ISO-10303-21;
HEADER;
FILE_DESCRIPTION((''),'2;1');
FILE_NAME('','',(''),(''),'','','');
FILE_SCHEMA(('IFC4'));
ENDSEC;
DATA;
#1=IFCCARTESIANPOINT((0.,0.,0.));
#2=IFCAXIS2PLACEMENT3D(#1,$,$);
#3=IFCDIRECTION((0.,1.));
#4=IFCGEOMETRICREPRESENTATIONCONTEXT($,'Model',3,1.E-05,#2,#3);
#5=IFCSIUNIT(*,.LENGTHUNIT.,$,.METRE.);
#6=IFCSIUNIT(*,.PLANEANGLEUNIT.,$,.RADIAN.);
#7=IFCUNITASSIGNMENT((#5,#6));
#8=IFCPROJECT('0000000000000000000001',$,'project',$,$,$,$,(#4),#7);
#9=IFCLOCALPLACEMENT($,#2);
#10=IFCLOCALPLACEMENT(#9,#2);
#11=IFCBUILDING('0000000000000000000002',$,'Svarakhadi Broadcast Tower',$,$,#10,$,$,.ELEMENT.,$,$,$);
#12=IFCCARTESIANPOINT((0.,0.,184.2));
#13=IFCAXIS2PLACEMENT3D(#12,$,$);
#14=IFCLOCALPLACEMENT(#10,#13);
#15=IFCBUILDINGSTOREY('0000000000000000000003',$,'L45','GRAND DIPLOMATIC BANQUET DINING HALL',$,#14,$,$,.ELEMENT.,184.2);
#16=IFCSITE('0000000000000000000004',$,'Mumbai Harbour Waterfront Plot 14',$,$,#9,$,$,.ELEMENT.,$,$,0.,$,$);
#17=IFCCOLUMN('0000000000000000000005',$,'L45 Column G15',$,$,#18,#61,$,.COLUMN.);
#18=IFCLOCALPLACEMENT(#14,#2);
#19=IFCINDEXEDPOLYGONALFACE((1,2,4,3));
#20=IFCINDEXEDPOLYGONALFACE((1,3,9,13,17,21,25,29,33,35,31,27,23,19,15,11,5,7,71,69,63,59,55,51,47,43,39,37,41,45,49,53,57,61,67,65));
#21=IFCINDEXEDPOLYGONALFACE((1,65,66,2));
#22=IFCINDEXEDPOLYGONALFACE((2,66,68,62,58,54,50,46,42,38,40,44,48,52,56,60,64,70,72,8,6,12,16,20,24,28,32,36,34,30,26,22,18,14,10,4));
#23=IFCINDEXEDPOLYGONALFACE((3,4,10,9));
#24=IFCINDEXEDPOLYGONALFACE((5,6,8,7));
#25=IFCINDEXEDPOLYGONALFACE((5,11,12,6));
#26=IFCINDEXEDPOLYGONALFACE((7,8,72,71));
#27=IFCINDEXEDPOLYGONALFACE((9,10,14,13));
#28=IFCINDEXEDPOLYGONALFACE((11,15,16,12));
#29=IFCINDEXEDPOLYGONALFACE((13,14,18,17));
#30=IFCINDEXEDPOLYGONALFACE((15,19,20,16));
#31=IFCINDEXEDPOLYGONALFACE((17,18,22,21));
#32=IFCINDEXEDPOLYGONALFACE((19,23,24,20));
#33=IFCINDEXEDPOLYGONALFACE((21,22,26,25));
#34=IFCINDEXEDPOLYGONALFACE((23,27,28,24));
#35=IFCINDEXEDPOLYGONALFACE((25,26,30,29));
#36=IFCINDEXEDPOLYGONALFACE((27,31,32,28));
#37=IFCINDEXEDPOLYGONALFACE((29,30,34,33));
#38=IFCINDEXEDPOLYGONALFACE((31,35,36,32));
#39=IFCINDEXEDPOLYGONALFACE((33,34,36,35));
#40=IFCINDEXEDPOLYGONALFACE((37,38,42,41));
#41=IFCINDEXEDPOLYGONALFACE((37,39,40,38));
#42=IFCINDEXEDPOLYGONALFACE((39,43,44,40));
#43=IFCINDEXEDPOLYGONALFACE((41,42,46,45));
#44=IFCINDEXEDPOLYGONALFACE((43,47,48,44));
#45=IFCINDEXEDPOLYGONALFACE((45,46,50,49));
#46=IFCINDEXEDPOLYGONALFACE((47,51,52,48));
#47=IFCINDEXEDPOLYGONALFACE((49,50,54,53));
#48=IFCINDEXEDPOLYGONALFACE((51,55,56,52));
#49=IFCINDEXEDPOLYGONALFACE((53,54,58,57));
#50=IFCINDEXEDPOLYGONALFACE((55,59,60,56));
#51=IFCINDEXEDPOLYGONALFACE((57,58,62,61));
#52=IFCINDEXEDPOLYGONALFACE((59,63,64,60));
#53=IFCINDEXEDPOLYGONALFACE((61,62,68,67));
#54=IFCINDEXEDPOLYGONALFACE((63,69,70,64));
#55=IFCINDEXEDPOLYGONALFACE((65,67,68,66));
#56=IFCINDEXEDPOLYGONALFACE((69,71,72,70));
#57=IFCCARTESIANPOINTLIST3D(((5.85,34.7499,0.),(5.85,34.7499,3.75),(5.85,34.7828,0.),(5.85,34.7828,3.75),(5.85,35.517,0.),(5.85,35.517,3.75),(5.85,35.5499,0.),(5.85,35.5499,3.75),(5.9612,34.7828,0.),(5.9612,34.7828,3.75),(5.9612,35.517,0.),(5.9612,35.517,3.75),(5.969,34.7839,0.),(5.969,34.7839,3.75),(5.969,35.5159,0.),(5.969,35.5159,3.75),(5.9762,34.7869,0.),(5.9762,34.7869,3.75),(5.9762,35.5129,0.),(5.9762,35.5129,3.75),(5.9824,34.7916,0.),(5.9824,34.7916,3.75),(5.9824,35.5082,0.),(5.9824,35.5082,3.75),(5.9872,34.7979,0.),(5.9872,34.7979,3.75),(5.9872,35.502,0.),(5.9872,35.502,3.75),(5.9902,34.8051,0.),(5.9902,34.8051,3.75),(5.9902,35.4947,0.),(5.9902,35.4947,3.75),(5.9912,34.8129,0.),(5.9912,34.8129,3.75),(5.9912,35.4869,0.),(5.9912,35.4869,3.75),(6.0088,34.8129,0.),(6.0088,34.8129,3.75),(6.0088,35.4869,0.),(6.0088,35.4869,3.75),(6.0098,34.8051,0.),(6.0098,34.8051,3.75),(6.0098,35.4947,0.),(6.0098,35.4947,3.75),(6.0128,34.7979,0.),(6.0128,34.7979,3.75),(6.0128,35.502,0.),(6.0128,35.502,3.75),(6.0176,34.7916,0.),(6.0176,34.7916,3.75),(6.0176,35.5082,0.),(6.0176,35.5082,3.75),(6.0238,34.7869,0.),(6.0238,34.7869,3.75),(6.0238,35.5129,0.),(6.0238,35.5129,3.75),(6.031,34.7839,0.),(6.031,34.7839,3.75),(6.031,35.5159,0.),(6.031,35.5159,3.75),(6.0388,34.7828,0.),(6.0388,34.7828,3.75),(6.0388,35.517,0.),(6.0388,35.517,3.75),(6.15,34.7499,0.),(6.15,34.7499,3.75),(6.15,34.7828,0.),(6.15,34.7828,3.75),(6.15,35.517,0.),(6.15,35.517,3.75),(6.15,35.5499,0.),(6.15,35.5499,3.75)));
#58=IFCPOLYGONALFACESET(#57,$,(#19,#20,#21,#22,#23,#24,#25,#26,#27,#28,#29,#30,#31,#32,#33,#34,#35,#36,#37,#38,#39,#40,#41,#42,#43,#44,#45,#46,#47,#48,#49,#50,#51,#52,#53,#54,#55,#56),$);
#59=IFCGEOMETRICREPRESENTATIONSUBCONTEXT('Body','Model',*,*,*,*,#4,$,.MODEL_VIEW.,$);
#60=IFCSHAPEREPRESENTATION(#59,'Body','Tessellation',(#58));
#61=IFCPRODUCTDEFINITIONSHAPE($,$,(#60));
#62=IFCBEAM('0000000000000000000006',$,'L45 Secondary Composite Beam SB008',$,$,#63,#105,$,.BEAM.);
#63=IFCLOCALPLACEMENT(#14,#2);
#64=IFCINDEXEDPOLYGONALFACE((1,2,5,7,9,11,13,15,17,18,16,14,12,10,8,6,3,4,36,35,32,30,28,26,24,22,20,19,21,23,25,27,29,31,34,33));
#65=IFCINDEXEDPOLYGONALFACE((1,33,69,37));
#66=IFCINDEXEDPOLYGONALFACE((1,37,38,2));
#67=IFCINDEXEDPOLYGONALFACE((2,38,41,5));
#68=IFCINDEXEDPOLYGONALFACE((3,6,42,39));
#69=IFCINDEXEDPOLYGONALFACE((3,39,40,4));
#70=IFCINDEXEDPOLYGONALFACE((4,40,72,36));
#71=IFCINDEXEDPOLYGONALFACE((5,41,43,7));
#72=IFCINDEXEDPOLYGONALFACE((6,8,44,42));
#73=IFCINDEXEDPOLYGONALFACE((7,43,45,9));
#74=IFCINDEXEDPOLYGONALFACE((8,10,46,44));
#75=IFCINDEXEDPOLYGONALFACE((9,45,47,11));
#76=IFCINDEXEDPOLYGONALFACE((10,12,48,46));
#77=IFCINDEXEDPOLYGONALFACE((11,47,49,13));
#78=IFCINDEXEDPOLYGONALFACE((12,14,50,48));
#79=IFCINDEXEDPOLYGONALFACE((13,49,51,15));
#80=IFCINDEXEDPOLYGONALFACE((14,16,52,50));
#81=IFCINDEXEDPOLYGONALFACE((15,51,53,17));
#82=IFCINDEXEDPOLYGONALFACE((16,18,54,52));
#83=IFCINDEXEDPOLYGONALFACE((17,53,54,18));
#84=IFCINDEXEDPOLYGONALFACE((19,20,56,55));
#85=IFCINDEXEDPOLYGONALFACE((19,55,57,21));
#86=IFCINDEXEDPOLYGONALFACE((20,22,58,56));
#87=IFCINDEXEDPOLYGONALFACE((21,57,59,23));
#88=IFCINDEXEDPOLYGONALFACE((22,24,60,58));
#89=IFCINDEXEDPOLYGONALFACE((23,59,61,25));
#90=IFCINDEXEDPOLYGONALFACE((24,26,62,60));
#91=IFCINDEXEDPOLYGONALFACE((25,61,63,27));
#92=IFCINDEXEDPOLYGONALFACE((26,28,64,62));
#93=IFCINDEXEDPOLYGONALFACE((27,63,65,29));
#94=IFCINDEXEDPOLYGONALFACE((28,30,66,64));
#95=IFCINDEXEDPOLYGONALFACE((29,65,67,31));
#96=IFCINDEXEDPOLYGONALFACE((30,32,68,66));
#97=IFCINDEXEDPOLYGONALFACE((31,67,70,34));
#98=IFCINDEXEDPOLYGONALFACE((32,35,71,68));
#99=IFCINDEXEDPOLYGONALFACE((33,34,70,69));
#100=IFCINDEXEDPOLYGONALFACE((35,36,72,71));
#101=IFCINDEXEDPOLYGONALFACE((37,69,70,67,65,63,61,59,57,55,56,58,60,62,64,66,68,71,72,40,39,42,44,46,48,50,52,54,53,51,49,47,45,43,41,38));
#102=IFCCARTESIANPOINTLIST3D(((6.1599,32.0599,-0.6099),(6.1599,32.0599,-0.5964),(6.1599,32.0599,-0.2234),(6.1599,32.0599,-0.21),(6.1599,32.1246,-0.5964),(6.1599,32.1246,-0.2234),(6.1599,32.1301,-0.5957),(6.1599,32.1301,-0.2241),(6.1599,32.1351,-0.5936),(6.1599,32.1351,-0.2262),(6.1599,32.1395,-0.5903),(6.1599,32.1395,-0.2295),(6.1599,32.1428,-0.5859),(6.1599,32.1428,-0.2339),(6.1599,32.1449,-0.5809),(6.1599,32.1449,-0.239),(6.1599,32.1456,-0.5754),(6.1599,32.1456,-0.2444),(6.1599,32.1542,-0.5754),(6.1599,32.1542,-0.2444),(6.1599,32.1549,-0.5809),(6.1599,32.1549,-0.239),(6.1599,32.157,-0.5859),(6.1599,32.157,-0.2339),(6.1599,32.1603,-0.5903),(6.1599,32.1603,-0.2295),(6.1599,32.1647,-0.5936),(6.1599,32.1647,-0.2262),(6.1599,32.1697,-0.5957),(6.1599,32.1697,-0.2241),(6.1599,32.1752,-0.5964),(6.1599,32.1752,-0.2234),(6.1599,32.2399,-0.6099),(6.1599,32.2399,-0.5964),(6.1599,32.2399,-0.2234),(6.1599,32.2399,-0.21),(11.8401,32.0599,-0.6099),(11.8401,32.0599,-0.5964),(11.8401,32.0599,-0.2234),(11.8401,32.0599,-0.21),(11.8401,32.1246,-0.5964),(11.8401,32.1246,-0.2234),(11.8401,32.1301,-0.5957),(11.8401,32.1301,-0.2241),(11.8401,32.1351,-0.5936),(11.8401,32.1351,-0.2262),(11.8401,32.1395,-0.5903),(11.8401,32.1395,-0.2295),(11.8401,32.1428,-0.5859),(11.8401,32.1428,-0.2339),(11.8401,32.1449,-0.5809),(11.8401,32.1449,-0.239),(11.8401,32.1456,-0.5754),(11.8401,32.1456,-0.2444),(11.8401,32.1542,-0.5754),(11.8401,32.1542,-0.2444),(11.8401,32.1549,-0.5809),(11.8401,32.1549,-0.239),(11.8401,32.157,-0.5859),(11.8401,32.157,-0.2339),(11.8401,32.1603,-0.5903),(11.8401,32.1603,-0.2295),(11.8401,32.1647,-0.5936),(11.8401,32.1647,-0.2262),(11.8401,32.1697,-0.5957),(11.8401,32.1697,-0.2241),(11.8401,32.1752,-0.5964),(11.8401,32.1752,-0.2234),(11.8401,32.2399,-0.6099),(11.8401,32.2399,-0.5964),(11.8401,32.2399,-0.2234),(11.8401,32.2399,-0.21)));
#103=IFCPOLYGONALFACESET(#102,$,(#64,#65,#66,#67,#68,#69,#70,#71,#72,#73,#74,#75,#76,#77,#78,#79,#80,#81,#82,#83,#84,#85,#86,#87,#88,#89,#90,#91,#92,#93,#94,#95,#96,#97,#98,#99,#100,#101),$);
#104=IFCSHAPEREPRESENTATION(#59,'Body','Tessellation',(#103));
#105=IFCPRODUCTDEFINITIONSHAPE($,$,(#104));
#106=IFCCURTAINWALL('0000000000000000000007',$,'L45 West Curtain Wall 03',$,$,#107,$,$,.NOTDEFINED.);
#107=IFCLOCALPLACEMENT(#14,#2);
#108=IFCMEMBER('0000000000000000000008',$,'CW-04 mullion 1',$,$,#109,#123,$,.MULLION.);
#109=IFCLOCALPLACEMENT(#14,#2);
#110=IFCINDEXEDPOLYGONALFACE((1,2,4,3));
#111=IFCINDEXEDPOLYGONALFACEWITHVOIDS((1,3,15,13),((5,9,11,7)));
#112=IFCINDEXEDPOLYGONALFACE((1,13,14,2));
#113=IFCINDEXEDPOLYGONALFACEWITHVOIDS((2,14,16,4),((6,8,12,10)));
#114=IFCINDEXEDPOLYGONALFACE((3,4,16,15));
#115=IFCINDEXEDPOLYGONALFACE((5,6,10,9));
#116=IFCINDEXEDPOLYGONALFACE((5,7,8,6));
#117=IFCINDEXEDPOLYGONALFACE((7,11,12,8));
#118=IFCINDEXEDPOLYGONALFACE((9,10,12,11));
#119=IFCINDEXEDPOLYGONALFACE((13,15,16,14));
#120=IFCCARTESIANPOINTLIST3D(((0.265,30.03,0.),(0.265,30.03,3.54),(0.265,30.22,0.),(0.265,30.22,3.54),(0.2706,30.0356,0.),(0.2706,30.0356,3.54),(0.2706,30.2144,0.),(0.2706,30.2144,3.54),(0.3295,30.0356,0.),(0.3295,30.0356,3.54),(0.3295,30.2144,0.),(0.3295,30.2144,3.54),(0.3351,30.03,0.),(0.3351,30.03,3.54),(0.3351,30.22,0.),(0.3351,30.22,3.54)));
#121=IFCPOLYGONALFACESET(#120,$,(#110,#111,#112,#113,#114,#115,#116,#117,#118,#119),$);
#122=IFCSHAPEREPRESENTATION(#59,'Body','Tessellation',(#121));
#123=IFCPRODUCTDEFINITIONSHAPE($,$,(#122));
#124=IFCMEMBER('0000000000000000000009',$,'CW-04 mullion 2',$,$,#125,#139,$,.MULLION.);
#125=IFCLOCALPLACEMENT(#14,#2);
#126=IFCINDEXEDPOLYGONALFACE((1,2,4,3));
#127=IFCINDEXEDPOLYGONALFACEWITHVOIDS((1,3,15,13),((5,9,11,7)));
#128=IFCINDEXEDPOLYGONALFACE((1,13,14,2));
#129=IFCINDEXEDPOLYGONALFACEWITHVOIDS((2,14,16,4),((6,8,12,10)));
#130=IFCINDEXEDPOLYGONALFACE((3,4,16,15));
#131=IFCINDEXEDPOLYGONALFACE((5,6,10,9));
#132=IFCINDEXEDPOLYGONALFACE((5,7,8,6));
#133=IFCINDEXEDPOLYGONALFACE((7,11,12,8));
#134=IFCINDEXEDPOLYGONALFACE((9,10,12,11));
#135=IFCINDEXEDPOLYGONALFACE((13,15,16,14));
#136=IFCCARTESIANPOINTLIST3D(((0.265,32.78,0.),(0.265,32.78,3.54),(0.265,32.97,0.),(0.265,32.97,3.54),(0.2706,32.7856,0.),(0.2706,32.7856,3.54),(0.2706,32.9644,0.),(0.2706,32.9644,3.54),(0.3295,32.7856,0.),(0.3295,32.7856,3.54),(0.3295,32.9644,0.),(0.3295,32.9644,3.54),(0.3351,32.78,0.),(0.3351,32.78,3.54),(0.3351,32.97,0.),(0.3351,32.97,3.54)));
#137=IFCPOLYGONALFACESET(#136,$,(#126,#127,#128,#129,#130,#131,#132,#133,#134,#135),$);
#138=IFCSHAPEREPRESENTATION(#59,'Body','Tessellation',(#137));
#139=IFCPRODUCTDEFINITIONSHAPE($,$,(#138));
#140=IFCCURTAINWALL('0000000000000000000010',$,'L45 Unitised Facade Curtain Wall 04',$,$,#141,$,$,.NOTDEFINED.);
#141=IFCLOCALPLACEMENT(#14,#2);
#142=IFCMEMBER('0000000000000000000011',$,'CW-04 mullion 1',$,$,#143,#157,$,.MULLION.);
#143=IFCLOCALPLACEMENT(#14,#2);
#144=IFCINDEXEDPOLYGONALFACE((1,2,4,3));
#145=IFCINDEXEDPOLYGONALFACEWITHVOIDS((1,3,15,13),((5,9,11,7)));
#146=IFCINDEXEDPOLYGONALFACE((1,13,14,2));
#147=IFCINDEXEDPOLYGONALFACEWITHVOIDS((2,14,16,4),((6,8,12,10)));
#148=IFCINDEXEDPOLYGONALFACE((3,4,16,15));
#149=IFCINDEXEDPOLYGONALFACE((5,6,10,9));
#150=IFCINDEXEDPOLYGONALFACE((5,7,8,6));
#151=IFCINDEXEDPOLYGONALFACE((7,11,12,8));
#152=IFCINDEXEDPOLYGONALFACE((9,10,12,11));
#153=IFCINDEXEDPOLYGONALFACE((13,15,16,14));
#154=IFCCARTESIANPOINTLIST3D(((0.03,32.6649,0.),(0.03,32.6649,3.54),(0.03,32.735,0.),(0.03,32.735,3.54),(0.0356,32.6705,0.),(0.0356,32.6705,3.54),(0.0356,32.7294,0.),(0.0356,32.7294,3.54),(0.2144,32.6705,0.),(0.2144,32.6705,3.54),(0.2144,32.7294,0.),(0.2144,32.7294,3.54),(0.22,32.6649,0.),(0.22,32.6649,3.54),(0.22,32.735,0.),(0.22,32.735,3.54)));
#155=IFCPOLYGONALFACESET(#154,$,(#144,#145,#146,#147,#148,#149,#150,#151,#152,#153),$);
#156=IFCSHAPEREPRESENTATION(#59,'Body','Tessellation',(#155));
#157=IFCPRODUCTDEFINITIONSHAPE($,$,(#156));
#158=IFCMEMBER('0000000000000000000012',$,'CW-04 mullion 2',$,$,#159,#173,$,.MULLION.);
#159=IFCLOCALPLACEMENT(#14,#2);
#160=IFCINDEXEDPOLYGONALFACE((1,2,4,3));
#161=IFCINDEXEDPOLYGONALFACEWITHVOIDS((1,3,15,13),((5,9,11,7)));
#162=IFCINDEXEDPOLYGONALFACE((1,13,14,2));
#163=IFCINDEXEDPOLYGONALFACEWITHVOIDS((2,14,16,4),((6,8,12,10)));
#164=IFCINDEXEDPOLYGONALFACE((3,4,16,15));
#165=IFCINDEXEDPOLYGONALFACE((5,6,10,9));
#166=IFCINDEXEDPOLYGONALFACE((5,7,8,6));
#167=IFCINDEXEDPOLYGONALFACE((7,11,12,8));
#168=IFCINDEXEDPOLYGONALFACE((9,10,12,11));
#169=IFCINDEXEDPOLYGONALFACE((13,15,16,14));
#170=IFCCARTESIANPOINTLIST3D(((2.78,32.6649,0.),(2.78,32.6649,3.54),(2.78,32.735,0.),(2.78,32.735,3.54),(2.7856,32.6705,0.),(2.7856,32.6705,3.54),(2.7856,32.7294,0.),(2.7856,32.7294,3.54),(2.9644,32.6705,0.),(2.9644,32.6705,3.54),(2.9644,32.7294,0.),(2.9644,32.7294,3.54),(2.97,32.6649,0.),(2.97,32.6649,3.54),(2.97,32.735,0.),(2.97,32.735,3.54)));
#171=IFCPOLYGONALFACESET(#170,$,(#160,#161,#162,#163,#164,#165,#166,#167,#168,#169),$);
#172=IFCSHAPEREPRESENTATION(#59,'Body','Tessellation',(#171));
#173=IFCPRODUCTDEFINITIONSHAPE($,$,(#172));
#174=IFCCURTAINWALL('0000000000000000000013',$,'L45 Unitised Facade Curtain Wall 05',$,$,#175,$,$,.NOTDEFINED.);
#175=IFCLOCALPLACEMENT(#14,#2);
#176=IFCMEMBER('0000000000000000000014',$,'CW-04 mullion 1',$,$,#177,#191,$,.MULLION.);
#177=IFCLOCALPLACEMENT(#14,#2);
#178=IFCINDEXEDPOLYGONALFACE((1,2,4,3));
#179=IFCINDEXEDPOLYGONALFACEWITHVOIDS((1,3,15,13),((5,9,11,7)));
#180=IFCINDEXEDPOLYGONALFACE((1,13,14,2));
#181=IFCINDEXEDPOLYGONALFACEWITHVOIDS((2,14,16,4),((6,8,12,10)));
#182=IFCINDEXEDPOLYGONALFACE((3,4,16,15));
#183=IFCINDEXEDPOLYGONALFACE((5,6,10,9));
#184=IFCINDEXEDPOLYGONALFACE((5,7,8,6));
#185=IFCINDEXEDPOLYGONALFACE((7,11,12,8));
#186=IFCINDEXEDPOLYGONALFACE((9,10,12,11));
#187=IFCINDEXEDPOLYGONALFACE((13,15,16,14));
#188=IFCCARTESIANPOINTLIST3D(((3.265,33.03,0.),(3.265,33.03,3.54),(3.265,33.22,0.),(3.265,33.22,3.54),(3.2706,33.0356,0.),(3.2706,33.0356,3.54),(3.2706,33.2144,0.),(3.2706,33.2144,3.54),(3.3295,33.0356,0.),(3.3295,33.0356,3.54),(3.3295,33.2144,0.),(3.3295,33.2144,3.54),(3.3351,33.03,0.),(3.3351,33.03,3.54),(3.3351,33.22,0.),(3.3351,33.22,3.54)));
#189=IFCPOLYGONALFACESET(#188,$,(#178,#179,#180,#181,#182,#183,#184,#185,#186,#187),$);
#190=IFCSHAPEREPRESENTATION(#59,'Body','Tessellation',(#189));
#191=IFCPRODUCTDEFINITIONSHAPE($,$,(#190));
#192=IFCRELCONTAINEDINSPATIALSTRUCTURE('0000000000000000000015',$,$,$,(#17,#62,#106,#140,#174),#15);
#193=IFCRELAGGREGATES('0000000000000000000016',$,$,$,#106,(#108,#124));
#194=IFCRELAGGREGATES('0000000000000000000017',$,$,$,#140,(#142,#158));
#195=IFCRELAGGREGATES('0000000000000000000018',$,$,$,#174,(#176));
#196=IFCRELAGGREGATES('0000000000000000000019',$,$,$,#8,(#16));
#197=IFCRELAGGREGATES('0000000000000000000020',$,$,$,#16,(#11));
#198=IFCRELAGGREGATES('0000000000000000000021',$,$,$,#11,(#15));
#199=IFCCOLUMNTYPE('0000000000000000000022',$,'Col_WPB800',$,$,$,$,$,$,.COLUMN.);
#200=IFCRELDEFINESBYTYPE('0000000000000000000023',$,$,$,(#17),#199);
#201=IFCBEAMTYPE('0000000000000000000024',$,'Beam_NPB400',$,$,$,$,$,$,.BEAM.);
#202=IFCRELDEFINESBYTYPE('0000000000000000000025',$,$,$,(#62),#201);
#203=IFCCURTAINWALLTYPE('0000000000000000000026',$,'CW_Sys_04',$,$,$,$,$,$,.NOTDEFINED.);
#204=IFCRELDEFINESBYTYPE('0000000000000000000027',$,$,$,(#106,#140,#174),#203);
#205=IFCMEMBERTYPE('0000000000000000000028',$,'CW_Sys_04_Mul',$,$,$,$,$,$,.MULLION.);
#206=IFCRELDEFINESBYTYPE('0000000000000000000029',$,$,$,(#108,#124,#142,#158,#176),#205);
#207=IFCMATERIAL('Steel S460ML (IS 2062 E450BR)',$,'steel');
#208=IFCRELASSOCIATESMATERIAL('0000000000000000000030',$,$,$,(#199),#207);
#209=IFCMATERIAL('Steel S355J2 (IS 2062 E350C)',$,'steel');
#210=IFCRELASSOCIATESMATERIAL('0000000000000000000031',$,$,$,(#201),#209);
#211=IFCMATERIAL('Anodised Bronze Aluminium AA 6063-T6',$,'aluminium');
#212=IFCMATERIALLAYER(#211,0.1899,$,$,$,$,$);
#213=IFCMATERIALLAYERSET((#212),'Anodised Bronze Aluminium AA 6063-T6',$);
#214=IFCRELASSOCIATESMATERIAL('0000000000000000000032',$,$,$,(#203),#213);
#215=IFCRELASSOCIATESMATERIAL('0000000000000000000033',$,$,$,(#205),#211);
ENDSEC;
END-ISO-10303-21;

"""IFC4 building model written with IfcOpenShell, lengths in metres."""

from ifc_helpers import new_model, si_unit, direction, frame, origin, origin_2d, place, context, subcontext, project, spatial, hollow_rectangle, i_section, extrude, material, layer, layer_set, material_profile, profile_set, type_object, element, aggregate, save


model = new_model("IFC4")

# Units and contexts
model_context = context("Model", 3, precision=1e-05, world=origin(), true_north=direction((0.0, 1.0)))
body_context = subcontext(model_context, "Body", "Model", "MODEL_VIEW")
ifc_project = project(units=[si_unit("LENGTHUNIT", "METRE"), si_unit("PLANEANGLEUNIT", "RADIAN")], contexts=[model_context])

# Site, building, storey
site_placement = place(None, origin())
site = spatial("IfcSite", under=ifc_project, at=site_placement, Name="Mumbai Harbour Waterfront Plot 14", CompositionType="ELEMENT", RefElevation=0.0)
building_placement = place(site_placement, origin())
building = spatial("IfcBuilding", under=site, at=building_placement, Name="Svarakhadi Broadcast Tower", CompositionType="ELEMENT")
storey_placement = place(building_placement, frame((0.0, 0.0, 184.2)))
storey = spatial("IfcBuildingStorey", under=building, at=storey_placement, Name="L45", Description="GRAND DIPLOMATIC BANQUET DINING HALL", CompositionType="ELEMENT", Elevation=184.2)

# Column
ifc_material_1 = material(Name="Steel S460ML (IS 2062 E450BR)", Category="steel")
ifc_material_profile_1 = material_profile(ifc_material_1, i_section(OverallWidth=0.3, OverallDepth=0.8, WebThickness=0.0176, FlangeThickness=0.033, FilletRadius=0.03, at=origin_2d()), Name="WPB 800x300x262")
ifc_profile_set_1 = profile_set([ifc_material_profile_1], Name="Steel S460ML (IS 2062 E450BR)")
column_type = type_object("IfcColumnType", Name="Col_WPB800", PredefinedType="COLUMN", material=ifc_profile_set_1)
column_placement = place(storey_placement, frame((6.0, 35.1499, 0.0), z_axis=(0.0, 0.0, 1.0), x_axis=(1.0, 0.0, 0.0)))
element("IfcColumn", 1, at=column_placement, inside=storey, type_object=column_type, Name="L45 Column G15", PredefinedType="COLUMN", context=body_context, shape_type="SweptSolid", body=[
    extrude(i_section(OverallWidth=0.3, OverallDepth=0.8, WebThickness=0.0176, FlangeThickness=0.033, FilletRadius=0.03, at=origin_2d()), origin(), (0.0, 0.0, 1.0), 3.75),
])

# Beam
ifc_material_2 = material(Name="Steel S355J2 (IS 2062 E350C)", Category="steel")
ifc_material_profile_2 = material_profile(ifc_material_2, i_section(OverallWidth=0.1799, OverallDepth=0.3999, WebThickness=0.0085, FlangeThickness=0.0134, FilletRadius=0.021, at=origin_2d()), Name="NPB 400x180x66")
ifc_profile_set_2 = profile_set([ifc_material_profile_2], Name="Steel S355J2 (IS 2062 E350C)")
beam_type_1 = type_object("IfcBeamType", Name="Beam_NPB400", PredefinedType="BEAM", material=ifc_profile_set_2)
beam_1_placement = place(storey_placement, frame((6.1599, 32.1499, -0.4099), z_axis=(1.0, 0.0, 0.0), x_axis=(0.0, 1.0, 0.0)))
element("IfcBeam", 2, at=beam_1_placement, inside=storey, type_object=beam_type_1, Name="L45 Secondary Composite Beam SB008", PredefinedType="BEAM", context=body_context, shape_type="SweptSolid", body=[
    extrude(i_section(OverallWidth=0.1799, OverallDepth=0.3999, WebThickness=0.0085, FlangeThickness=0.0134, FilletRadius=0.021, at=origin_2d()), origin(), (0.0, 0.0, 1.0), 5.6802),
])

# Curtain walls, members
ifc_material_3 = material(Name="Anodised Bronze Aluminium AA 6063-T6", Category="aluminium")
ifc_layer_1 = layer(ifc_material_3, 0.1899)
ifc_layer_set_1 = layer_set([ifc_layer_1], Name="Anodised Bronze Aluminium AA 6063-T6")
curtain_wall_type = type_object("IfcCurtainWallType", Name="CW_Sys_04", PredefinedType="NOTDEFINED", material=ifc_layer_set_1)
curtain_wall_1_placement = place(storey_placement, origin())
curtain_wall_1 = element("IfcCurtainWall", 3, at=curtain_wall_1_placement, inside=storey, type_object=curtain_wall_type, Name="L45 West Curtain Wall 03", PredefinedType="NOTDEFINED")
ifc_material_profile_3 = material_profile(ifc_material_3, hollow_rectangle(XDim=0.0701, YDim=0.1899, WallThickness=0.0056, at=origin_2d()), Name="ALU MULLION 190x70x6")
ifc_profile_set_3 = profile_set([ifc_material_profile_3], Name="Anodised Bronze Aluminium AA 6063-T6")
member_type_1 = type_object("IfcMemberType", Name="CW_Sys_04_Mul", PredefinedType="MULLION", material=ifc_profile_set_3)
member_1_placement = place(storey_placement, frame((0.3, 30.125, 0.0), z_axis=(0.0, 0.0, 1.0), x_axis=(-1.0, 0.0, 0.0)))
member_1 = element("IfcMember", 4, at=member_1_placement, type_object=member_type_1, Name="CW-04 mullion 1", PredefinedType="MULLION", context=body_context, shape_type="SweptSolid", body=[
    extrude(hollow_rectangle(XDim=0.0701, YDim=0.1899, WallThickness=0.0056, at=origin_2d()), origin(), (0.0, 0.0, 1.0), 3.54),
])
member_2_placement = place(storey_placement, frame((0.3, 32.875, 0.0), z_axis=(0.0, 0.0, 1.0), x_axis=(-1.0, 0.0, 0.0)))
member_2 = element("IfcMember", 5, at=member_2_placement, type_object=member_type_1, Name="CW-04 mullion 2", PredefinedType="MULLION", context=body_context, shape_type="SweptSolid", body=[
    extrude(hollow_rectangle(XDim=0.0701, YDim=0.1899, WallThickness=0.0056, at=origin_2d()), origin(), (0.0, 0.0, 1.0), 3.54),
])
curtain_wall_2_placement = place(storey_placement, origin())
curtain_wall_2 = element("IfcCurtainWall", 6, at=curtain_wall_2_placement, inside=storey, type_object=curtain_wall_type, Name="L45 Unitised Facade Curtain Wall 04", PredefinedType="NOTDEFINED")
member_3_placement = place(storey_placement, frame((0.125, 32.7, 0.0), z_axis=(0.0, 0.0, 1.0), x_axis=(0.0, 1.0, 0.0)))
member_3 = element("IfcMember", 7, at=member_3_placement, type_object=member_type_1, Name="CW-04 mullion 1", PredefinedType="MULLION", context=body_context, shape_type="SweptSolid", body=[
    extrude(hollow_rectangle(XDim=0.0701, YDim=0.1899, WallThickness=0.0056, at=origin_2d()), origin(), (0.0, 0.0, 1.0), 3.54),
])
member_4_placement = place(storey_placement, frame((2.875, 32.7, 0.0), z_axis=(0.0, 0.0, 1.0), x_axis=(0.0, 1.0, 0.0)))
member_4 = element("IfcMember", 8, at=member_4_placement, type_object=member_type_1, Name="CW-04 mullion 2", PredefinedType="MULLION", context=body_context, shape_type="SweptSolid", body=[
    extrude(hollow_rectangle(XDim=0.0701, YDim=0.1899, WallThickness=0.0056, at=origin_2d()), origin(), (0.0, 0.0, 1.0), 3.54),
])
curtain_wall_3_placement = place(storey_placement, origin())
curtain_wall_3 = element("IfcCurtainWall", 9, at=curtain_wall_3_placement, inside=storey, type_object=curtain_wall_type, Name="L45 Unitised Facade Curtain Wall 05", PredefinedType="NOTDEFINED")
member_5_placement = place(storey_placement, frame((3.3, 33.125, 0.0), z_axis=(0.0, 0.0, 1.0), x_axis=(-1.0, 0.0, 0.0)))
member_5 = element("IfcMember", 10, at=member_5_placement, type_object=member_type_1, Name="CW-04 mullion 1", PredefinedType="MULLION", context=body_context, shape_type="SweptSolid", body=[
    extrude(hollow_rectangle(XDim=0.0701, YDim=0.1899, WallThickness=0.0056, at=origin_2d()), origin(), (0.0, 0.0, 1.0), 3.54),
])

aggregate(curtain_wall_1, [member_1, member_2])
aggregate(curtain_wall_2, [member_3, member_4])
aggregate(curtain_wall_3, [member_5])

save(model, "model.ifc")
